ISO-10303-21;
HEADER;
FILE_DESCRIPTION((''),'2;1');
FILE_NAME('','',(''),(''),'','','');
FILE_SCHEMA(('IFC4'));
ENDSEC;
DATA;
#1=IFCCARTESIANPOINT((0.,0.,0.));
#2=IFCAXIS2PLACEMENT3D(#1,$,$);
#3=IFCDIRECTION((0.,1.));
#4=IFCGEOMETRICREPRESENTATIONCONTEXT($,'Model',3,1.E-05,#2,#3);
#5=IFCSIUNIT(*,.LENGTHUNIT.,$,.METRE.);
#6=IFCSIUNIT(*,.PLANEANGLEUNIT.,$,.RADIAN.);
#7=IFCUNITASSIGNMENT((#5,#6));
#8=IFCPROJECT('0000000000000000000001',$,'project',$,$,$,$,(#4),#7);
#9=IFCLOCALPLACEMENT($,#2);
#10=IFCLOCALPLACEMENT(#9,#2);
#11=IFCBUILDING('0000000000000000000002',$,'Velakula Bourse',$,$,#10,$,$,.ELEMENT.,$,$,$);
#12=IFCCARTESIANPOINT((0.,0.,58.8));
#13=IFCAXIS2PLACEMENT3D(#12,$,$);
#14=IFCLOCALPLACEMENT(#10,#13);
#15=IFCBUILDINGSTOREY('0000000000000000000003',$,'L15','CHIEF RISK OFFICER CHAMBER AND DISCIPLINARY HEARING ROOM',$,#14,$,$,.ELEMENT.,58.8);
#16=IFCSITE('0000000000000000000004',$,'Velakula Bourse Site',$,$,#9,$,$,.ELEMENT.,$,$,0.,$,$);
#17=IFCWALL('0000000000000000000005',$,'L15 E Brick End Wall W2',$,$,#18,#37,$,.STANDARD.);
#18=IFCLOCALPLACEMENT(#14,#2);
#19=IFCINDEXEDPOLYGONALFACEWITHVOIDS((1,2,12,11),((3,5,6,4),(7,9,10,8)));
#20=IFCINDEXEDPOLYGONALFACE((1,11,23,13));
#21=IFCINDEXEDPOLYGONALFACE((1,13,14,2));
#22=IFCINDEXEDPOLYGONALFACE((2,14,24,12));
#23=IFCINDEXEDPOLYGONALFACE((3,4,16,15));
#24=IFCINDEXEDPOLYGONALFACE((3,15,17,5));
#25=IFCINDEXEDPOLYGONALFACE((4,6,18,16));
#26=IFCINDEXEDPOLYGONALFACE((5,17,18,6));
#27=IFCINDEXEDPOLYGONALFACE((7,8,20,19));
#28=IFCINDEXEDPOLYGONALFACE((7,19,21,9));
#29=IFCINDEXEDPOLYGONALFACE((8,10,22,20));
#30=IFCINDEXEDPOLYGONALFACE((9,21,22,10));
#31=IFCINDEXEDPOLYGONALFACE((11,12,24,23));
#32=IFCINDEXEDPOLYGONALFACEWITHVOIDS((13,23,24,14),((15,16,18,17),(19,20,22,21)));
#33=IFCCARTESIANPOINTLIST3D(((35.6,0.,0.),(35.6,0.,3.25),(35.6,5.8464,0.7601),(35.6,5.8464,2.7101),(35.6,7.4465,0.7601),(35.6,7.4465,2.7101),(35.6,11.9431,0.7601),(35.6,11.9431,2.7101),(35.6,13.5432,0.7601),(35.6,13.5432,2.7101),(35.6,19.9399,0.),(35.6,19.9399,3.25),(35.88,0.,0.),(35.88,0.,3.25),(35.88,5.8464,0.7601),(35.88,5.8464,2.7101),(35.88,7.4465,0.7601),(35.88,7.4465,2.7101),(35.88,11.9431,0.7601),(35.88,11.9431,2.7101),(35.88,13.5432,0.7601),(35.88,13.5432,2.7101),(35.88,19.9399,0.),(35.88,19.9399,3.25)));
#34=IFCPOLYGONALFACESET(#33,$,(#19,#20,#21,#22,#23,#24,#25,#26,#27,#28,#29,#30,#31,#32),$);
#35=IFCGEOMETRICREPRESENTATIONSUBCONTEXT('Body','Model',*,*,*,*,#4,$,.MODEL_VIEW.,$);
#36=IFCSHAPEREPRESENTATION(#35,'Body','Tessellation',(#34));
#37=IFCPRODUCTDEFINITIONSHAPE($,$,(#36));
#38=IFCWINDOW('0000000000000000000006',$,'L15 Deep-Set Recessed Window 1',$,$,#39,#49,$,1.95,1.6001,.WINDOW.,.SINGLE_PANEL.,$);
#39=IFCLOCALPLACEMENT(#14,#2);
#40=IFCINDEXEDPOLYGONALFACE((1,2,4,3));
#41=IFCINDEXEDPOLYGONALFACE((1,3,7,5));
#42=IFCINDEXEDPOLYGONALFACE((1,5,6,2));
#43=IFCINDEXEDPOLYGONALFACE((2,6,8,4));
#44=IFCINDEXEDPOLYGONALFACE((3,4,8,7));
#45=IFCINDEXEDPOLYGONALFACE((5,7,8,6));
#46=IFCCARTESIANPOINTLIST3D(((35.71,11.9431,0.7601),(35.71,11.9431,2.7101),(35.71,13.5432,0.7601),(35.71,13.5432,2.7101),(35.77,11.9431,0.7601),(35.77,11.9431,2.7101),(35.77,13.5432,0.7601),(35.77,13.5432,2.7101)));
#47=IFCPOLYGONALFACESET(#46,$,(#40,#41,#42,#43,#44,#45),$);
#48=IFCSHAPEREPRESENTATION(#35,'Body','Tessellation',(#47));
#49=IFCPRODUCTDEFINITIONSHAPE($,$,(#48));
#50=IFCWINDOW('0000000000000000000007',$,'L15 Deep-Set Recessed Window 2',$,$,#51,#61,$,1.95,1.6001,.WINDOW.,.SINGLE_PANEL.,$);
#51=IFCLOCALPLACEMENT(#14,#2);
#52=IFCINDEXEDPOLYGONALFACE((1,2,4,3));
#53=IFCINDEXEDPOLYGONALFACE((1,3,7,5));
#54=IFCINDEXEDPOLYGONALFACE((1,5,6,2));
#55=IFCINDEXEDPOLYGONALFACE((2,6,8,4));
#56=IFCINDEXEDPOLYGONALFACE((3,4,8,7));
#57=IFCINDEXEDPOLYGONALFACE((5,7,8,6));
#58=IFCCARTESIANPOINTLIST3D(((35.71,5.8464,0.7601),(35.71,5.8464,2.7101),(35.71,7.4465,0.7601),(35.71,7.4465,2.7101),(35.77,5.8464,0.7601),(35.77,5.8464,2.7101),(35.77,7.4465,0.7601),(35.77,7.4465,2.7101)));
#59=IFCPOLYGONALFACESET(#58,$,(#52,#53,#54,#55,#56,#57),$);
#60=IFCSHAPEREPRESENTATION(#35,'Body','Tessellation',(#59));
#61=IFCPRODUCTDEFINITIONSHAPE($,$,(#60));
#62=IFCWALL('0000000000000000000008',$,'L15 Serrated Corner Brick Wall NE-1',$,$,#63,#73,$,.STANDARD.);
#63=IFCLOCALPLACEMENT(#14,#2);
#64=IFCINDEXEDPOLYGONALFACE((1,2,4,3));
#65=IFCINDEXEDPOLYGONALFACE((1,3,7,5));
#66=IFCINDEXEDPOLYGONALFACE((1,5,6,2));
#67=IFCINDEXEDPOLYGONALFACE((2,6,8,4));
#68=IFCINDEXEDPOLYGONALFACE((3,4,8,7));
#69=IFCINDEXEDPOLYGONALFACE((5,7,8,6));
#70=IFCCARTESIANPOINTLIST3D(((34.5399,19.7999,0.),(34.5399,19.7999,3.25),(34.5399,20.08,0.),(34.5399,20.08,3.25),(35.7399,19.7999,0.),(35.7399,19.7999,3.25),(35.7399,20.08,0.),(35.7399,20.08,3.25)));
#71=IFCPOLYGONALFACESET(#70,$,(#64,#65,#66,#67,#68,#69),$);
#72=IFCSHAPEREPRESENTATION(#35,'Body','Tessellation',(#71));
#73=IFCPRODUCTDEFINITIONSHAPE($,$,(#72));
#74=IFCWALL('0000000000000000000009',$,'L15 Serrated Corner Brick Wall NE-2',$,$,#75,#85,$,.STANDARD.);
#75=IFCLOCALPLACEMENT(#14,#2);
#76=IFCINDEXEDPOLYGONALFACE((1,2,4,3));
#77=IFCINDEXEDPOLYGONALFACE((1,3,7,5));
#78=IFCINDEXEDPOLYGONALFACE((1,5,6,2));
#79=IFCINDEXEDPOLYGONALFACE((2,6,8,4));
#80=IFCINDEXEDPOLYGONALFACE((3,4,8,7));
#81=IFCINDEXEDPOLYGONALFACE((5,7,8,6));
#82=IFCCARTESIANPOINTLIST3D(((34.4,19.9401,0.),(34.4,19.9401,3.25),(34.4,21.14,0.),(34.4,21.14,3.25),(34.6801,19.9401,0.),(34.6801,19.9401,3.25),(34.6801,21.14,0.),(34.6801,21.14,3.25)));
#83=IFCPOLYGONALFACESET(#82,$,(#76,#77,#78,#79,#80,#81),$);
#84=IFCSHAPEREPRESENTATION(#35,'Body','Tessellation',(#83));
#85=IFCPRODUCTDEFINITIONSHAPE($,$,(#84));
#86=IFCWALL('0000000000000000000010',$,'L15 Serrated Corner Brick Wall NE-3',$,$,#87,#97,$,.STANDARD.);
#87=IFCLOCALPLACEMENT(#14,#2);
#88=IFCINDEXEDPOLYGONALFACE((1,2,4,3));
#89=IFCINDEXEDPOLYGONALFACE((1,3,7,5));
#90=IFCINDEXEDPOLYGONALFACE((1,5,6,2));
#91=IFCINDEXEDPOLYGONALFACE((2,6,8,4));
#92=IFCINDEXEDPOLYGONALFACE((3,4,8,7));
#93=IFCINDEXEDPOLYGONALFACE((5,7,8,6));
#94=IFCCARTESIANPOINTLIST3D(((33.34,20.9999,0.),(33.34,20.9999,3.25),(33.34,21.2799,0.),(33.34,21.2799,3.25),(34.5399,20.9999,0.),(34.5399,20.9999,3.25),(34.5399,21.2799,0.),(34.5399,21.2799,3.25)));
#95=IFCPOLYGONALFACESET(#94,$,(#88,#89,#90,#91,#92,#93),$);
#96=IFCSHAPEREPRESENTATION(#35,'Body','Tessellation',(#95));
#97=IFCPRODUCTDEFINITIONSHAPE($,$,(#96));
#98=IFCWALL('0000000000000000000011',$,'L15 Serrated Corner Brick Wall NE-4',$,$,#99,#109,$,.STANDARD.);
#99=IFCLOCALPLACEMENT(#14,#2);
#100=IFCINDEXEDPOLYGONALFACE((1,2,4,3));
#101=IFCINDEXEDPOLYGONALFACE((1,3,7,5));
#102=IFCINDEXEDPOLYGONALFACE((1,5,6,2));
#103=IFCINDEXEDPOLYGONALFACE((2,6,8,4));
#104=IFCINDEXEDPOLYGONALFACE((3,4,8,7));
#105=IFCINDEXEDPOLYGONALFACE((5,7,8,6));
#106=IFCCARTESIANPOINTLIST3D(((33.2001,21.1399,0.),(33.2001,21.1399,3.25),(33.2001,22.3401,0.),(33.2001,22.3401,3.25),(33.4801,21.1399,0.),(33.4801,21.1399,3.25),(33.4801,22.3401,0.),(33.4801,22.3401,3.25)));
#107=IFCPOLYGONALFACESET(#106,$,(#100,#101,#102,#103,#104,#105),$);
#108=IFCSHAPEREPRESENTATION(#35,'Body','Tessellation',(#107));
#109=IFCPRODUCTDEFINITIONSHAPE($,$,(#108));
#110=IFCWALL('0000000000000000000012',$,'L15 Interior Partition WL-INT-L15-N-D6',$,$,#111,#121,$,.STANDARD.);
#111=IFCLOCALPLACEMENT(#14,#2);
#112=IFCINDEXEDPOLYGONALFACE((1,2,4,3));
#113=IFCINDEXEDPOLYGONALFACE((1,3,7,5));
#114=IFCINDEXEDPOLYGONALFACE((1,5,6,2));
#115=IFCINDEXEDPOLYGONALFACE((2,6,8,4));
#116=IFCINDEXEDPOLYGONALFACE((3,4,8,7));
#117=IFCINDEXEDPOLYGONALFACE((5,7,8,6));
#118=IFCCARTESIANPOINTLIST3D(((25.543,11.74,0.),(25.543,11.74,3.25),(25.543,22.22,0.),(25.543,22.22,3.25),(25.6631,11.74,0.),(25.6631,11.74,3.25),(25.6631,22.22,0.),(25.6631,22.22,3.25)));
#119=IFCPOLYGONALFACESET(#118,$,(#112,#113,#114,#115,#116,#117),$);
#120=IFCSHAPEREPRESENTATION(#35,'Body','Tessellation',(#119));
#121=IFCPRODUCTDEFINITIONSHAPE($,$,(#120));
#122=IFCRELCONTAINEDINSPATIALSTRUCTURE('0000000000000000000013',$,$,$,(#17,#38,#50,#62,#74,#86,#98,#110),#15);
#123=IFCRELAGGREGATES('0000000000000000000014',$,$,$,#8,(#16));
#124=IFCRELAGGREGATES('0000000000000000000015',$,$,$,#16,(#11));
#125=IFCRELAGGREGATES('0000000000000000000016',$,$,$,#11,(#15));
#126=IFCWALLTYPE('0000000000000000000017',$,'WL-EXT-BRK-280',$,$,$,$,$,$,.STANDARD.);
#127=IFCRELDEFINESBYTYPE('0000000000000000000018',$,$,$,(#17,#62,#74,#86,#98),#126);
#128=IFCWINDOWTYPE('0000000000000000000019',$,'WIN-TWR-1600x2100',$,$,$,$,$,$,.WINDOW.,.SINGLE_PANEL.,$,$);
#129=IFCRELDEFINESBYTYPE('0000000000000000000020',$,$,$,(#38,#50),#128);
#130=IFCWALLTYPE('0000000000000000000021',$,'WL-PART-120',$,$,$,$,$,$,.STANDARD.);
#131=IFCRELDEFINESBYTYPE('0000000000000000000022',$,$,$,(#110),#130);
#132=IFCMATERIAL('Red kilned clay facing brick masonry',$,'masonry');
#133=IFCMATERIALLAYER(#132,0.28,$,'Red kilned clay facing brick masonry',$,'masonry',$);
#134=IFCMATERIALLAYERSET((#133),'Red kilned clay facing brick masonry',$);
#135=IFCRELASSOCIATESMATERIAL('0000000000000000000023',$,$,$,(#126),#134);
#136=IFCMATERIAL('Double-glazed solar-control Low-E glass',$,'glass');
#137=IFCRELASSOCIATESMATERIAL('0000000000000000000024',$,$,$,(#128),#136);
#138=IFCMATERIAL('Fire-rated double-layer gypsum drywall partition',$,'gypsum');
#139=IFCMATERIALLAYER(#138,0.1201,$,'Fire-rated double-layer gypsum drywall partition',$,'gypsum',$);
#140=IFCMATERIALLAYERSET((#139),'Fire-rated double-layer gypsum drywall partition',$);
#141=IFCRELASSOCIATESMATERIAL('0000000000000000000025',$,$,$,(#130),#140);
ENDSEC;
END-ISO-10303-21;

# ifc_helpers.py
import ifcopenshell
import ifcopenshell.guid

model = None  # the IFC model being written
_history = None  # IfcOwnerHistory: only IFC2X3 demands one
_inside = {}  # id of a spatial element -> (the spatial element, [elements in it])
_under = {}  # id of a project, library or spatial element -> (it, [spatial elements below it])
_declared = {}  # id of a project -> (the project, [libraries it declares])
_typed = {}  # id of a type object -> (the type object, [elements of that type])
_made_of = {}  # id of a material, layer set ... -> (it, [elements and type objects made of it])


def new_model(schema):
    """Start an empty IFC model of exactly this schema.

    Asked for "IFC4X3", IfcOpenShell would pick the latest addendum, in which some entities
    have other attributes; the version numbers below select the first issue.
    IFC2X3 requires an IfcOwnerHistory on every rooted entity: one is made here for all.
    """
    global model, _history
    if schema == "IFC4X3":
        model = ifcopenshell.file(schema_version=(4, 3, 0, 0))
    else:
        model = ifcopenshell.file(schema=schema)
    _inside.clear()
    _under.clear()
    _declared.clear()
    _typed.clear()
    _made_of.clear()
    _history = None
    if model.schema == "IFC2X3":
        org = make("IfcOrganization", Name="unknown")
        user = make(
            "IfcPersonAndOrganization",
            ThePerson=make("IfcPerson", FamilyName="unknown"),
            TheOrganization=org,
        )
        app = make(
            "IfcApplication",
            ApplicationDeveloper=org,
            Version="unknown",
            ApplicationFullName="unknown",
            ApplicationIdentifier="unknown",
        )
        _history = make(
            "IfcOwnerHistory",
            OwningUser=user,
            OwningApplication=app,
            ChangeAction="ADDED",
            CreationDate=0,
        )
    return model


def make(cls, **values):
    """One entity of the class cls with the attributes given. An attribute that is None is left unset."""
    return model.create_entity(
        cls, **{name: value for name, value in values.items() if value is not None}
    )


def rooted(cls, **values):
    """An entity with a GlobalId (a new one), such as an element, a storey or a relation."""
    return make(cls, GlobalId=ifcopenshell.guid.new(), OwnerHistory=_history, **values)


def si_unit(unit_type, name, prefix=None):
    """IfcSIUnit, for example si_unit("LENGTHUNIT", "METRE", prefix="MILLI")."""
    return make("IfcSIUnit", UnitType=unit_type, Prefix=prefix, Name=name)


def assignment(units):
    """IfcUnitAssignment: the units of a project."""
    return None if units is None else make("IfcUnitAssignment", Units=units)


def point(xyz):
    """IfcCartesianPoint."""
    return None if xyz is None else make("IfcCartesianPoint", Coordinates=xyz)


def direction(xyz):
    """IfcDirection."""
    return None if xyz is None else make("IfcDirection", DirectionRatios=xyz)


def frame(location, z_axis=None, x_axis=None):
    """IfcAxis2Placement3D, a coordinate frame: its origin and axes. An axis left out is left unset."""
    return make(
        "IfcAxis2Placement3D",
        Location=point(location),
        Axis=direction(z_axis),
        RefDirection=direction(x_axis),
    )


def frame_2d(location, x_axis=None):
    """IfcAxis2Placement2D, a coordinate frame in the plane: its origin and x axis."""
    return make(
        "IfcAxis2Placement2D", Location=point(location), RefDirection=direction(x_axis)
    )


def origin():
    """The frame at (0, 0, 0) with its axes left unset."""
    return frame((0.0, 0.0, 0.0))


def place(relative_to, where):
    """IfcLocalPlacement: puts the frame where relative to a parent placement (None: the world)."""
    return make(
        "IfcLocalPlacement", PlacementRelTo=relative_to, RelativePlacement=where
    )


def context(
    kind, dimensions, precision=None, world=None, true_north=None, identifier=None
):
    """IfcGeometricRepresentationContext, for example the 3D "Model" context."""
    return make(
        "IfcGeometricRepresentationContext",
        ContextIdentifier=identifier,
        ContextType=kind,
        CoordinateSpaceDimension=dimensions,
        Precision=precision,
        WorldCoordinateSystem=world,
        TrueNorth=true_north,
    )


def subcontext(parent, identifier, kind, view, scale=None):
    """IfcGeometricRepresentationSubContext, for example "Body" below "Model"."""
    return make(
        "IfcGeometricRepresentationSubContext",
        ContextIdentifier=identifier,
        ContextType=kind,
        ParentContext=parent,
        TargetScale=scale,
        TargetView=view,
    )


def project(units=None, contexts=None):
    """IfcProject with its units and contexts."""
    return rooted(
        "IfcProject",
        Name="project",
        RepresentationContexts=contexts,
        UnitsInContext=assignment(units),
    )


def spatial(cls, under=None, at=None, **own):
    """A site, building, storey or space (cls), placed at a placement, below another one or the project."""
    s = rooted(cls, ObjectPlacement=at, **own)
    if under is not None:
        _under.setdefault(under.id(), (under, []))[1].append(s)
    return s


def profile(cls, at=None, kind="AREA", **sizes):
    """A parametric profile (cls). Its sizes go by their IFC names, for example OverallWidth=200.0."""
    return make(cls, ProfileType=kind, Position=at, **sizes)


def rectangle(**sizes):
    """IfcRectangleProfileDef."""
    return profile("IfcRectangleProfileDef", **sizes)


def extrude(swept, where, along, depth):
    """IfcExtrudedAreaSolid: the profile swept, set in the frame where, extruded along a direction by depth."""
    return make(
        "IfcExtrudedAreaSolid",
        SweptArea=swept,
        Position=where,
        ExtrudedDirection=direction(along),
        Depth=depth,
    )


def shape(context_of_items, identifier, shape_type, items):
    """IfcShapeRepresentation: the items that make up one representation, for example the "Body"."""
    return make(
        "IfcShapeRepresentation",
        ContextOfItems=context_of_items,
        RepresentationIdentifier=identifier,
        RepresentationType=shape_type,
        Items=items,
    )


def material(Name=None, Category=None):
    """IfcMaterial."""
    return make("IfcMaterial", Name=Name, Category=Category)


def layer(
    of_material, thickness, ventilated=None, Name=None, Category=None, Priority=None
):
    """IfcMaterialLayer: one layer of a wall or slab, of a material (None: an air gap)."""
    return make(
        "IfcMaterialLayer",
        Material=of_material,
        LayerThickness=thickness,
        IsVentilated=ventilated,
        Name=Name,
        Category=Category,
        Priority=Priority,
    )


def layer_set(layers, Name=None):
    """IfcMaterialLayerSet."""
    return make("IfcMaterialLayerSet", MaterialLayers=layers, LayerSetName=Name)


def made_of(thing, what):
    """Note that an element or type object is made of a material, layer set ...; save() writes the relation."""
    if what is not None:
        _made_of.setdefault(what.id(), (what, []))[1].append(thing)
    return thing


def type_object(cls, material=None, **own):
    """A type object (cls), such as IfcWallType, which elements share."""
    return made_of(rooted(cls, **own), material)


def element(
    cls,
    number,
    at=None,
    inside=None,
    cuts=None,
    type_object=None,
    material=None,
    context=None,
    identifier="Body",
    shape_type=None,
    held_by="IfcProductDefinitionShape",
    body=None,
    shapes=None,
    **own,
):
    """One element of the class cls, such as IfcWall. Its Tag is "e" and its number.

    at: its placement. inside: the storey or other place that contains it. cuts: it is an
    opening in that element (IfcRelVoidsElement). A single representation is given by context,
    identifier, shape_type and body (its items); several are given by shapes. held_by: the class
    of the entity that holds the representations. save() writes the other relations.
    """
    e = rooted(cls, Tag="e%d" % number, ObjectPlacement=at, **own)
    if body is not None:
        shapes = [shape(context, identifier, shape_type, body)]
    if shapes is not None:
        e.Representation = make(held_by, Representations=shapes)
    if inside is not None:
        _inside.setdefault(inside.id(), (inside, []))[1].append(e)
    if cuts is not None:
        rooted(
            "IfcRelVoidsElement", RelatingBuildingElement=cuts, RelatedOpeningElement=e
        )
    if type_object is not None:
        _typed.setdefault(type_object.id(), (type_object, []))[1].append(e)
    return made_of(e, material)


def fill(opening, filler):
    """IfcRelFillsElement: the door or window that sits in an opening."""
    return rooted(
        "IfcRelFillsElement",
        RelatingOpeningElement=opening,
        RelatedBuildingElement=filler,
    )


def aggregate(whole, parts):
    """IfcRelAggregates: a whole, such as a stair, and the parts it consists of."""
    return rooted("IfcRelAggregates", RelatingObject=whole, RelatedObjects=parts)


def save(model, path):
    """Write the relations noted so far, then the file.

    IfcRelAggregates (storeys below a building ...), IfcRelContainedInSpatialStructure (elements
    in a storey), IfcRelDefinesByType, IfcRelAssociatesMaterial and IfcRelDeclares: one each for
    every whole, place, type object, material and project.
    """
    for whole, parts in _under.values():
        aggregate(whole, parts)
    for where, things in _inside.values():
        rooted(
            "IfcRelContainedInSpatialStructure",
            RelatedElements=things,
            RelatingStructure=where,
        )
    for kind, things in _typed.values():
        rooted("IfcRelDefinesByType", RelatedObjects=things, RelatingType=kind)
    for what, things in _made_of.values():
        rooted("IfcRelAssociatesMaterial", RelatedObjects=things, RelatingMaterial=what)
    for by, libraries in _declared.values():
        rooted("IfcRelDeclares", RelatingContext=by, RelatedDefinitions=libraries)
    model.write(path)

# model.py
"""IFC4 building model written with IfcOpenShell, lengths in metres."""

from ifc_helpers import new_model, si_unit, direction, frame, frame_2d, origin, place, context, subcontext, project, spatial, rectangle, extrude, material, layer, layer_set, type_object, element, fill, save


model = new_model("IFC4")

# Units and contexts
model_context = context("Model", 3, precision=1e-05, world=origin(), true_north=direction((0.0, 1.0)))
body_context = subcontext(model_context, "Body", "Model", "MODEL_VIEW")
ifc_project = project(units=[si_unit("LENGTHUNIT", "METRE"), si_unit("PLANEANGLEUNIT", "RADIAN")], contexts=[model_context])

# Site, building, storey
site_placement = place(None, origin())
site = spatial("IfcSite", under=ifc_project, at=site_placement, Name="Velakula Bourse Site", CompositionType="ELEMENT", RefElevation=0.0)
building_placement = place(site_placement, origin())
building = spatial("IfcBuilding", under=site, at=building_placement, Name="Velakula Bourse", CompositionType="ELEMENT")
storey_placement = place(building_placement, frame((0.0, 0.0, 58.8)))
storey = spatial("IfcBuildingStorey", under=building, at=storey_placement, Name="L15", Description="CHIEF RISK OFFICER CHAMBER AND DISCIPLINARY HEARING ROOM", CompositionType="ELEMENT", Elevation=58.8)

# Wall, openings, windows
ifc_material_1 = material(Name="Red kilned clay facing brick masonry", Category="masonry")
ifc_layer_1 = layer(ifc_material_1, 0.28, Name="Red kilned clay facing brick masonry", Category="masonry")
ifc_layer_set_1 = layer_set([ifc_layer_1], Name="Red kilned clay facing brick masonry")
wall_type_1 = type_object("IfcWallType", Name="WL-EXT-BRK-280", PredefinedType="STANDARD", material=ifc_layer_set_1)
wall_1_placement = place(storey_placement, frame((35.74, 19.9399, 0.0), z_axis=(0.0, 0.0, 1.0), x_axis=(0.0, -1.0, 0.0)))
wall_1 = element("IfcWall", 1, at=wall_1_placement, inside=storey, type_object=wall_type_1, Name="L15 E Brick End Wall W2", PredefinedType="STANDARD", context=body_context, shape_type="SweptSolid", body=[
    extrude(rectangle(XDim=19.9399, YDim=0.28, at=frame_2d((9.97, 0.0))), origin(), (0.0, 0.0, 1.0), 3.25),
])
opening_1_placement = place(wall_1_placement, frame((6.3967, 0.0, 0.76)))
opening_1 = element("IfcOpeningElement", 2, at=opening_1_placement, cuts=wall_1, PredefinedType="OPENING", context=body_context, shape_type="SweptSolid", body=[
    extrude(rectangle(XDim=1.6001, YDim=1.95, at=frame_2d((0.8, 0.9751))), frame((0.0, 0.1499, 0.0), z_axis=(0.0, -1.0, 0.0), x_axis=(1.0, 0.0, 0.0)), (0.0, 0.0, 1.0), 0.3),
])
opening_2_placement = place(wall_1_placement, frame((12.4934, 0.0, 0.76)))
opening_2 = element("IfcOpeningElement", 3, at=opening_2_placement, cuts=wall_1, PredefinedType="OPENING", context=body_context, shape_type="SweptSolid", body=[
    extrude(rectangle(XDim=1.6001, YDim=1.95, at=frame_2d((0.8, 0.9751))), frame((0.0, 0.1499, 0.0), z_axis=(0.0, -1.0, 0.0), x_axis=(1.0, 0.0, 0.0)), (0.0, 0.0, 1.0), 0.3),
])
ifc_material_2 = material(Name="Double-glazed solar-control Low-E glass", Category="glass")
window_type = type_object("IfcWindowType", Name="WIN-TWR-1600x2100", PartitioningType="SINGLE_PANEL", PredefinedType="WINDOW", material=ifc_material_2)
window_1_placement = place(opening_1_placement, origin())
window_1 = element("IfcWindow", 4, at=window_1_placement, inside=storey, type_object=window_type, Name="L15 Deep-Set Recessed Window 1", OverallHeight=1.95, OverallWidth=1.6001, PartitioningType="SINGLE_PANEL", PredefinedType="WINDOW", context=body_context, shape_type="SweptSolid", body=[
    extrude(rectangle(XDim=1.6001, YDim=1.95, at=frame_2d((0.8, 0.9751))), frame((0.0, 0.03, 0.0), z_axis=(0.0, -1.0, 0.0), x_axis=(1.0, 0.0, 0.0)), (0.0, 0.0, 1.0), 0.0601),
])
fill(opening_1, window_1)
window_2_placement = place(opening_2_placement, origin())
window_2 = element("IfcWindow", 5, at=window_2_placement, inside=storey, type_object=window_type, Name="L15 Deep-Set Recessed Window 2", OverallHeight=1.95, OverallWidth=1.6001, PartitioningType="SINGLE_PANEL", PredefinedType="WINDOW", context=body_context, shape_type="SweptSolid", body=[
    extrude(rectangle(XDim=1.6001, YDim=1.95, at=frame_2d((0.8, 0.9751))), frame((0.0, 0.03, 0.0), z_axis=(0.0, -1.0, 0.0), x_axis=(1.0, 0.0, 0.0)), (0.0, 0.0, 1.0), 0.0601),
])
fill(opening_2, window_2)

# Walls
for number, where, z_axis, x_axis, name in (
    (6, (35.74, 19.9399, 0.0), (0.0, 0.0, 1.0), (-1.0, 0.0, 0.0), "L15 Serrated Corner Brick Wall NE-1"),
    (7, (34.54, 19.9399, 0.0), (0.0, 0.0, 1.0), (0.0, 1.0, 0.0), "L15 Serrated Corner Brick Wall NE-2"),
    (8, (34.54, 21.1399, 0.0), (0.0, 0.0, 1.0), (-1.0, 0.0, 0.0), "L15 Serrated Corner Brick Wall NE-3"),
):
    element("IfcWall", number, at=place(storey_placement, frame(where, z_axis=z_axis, x_axis=x_axis)), inside=storey, type_object=wall_type_1, Name=name, PredefinedType="STANDARD", context=body_context, shape_type="SweptSolid", body=[
        extrude(rectangle(XDim=1.2, YDim=0.28, at=frame_2d((0.6001, 0.0))), origin(), (0.0, 0.0, 1.0), 3.25),
    ])
wall_2_placement = place(storey_placement, frame((33.3401, 21.1399, 0.0), z_axis=(0.0, 0.0, 1.0), x_axis=(0.0, 1.0, 0.0)))
element("IfcWall", 9, at=wall_2_placement, inside=storey, type_object=wall_type_1, Name="L15 Serrated Corner Brick Wall NE-4", PredefinedType="STANDARD", context=body_context, shape_type="SweptSolid", body=[
    extrude(rectangle(XDim=1.2002, YDim=0.28, at=frame_2d((0.6001, 0.0))), origin(), (0.0, 0.0, 1.0), 3.25),
])
ifc_material_3 = material(Name="Fire-rated double-layer gypsum drywall partition", Category="gypsum")
ifc_layer_2 = layer(ifc_material_3, 0.1201, Name="Fire-rated double-layer gypsum drywall partition", Category="gypsum")
ifc_layer_set_2 = layer_set([ifc_layer_2], Name="Fire-rated double-layer gypsum drywall partition")
wall_type_2 = type_object("IfcWallType", Name="WL-PART-120", PredefinedType="STANDARD", material=ifc_layer_set_2)
wall_3_placement = place(storey_placement, frame((25.603, 11.74, 0.0), z_axis=(0.0, 0.0, 1.0), x_axis=(0.0, 1.0, 0.0)))
element("IfcWall", 10, at=wall_3_placement, inside=storey, type_object=wall_type_2, Name="L15 Interior Partition WL-INT-L15-N-D6", PredefinedType="STANDARD", context=body_context, shape_type="SweptSolid", body=[
    extrude(rectangle(XDim=10.48, YDim=0.1201, at=frame_2d((5.24, 0.0))), origin(), (0.0, 0.0, 1.0), 3.25),
])

save(model, "model.ifc")
